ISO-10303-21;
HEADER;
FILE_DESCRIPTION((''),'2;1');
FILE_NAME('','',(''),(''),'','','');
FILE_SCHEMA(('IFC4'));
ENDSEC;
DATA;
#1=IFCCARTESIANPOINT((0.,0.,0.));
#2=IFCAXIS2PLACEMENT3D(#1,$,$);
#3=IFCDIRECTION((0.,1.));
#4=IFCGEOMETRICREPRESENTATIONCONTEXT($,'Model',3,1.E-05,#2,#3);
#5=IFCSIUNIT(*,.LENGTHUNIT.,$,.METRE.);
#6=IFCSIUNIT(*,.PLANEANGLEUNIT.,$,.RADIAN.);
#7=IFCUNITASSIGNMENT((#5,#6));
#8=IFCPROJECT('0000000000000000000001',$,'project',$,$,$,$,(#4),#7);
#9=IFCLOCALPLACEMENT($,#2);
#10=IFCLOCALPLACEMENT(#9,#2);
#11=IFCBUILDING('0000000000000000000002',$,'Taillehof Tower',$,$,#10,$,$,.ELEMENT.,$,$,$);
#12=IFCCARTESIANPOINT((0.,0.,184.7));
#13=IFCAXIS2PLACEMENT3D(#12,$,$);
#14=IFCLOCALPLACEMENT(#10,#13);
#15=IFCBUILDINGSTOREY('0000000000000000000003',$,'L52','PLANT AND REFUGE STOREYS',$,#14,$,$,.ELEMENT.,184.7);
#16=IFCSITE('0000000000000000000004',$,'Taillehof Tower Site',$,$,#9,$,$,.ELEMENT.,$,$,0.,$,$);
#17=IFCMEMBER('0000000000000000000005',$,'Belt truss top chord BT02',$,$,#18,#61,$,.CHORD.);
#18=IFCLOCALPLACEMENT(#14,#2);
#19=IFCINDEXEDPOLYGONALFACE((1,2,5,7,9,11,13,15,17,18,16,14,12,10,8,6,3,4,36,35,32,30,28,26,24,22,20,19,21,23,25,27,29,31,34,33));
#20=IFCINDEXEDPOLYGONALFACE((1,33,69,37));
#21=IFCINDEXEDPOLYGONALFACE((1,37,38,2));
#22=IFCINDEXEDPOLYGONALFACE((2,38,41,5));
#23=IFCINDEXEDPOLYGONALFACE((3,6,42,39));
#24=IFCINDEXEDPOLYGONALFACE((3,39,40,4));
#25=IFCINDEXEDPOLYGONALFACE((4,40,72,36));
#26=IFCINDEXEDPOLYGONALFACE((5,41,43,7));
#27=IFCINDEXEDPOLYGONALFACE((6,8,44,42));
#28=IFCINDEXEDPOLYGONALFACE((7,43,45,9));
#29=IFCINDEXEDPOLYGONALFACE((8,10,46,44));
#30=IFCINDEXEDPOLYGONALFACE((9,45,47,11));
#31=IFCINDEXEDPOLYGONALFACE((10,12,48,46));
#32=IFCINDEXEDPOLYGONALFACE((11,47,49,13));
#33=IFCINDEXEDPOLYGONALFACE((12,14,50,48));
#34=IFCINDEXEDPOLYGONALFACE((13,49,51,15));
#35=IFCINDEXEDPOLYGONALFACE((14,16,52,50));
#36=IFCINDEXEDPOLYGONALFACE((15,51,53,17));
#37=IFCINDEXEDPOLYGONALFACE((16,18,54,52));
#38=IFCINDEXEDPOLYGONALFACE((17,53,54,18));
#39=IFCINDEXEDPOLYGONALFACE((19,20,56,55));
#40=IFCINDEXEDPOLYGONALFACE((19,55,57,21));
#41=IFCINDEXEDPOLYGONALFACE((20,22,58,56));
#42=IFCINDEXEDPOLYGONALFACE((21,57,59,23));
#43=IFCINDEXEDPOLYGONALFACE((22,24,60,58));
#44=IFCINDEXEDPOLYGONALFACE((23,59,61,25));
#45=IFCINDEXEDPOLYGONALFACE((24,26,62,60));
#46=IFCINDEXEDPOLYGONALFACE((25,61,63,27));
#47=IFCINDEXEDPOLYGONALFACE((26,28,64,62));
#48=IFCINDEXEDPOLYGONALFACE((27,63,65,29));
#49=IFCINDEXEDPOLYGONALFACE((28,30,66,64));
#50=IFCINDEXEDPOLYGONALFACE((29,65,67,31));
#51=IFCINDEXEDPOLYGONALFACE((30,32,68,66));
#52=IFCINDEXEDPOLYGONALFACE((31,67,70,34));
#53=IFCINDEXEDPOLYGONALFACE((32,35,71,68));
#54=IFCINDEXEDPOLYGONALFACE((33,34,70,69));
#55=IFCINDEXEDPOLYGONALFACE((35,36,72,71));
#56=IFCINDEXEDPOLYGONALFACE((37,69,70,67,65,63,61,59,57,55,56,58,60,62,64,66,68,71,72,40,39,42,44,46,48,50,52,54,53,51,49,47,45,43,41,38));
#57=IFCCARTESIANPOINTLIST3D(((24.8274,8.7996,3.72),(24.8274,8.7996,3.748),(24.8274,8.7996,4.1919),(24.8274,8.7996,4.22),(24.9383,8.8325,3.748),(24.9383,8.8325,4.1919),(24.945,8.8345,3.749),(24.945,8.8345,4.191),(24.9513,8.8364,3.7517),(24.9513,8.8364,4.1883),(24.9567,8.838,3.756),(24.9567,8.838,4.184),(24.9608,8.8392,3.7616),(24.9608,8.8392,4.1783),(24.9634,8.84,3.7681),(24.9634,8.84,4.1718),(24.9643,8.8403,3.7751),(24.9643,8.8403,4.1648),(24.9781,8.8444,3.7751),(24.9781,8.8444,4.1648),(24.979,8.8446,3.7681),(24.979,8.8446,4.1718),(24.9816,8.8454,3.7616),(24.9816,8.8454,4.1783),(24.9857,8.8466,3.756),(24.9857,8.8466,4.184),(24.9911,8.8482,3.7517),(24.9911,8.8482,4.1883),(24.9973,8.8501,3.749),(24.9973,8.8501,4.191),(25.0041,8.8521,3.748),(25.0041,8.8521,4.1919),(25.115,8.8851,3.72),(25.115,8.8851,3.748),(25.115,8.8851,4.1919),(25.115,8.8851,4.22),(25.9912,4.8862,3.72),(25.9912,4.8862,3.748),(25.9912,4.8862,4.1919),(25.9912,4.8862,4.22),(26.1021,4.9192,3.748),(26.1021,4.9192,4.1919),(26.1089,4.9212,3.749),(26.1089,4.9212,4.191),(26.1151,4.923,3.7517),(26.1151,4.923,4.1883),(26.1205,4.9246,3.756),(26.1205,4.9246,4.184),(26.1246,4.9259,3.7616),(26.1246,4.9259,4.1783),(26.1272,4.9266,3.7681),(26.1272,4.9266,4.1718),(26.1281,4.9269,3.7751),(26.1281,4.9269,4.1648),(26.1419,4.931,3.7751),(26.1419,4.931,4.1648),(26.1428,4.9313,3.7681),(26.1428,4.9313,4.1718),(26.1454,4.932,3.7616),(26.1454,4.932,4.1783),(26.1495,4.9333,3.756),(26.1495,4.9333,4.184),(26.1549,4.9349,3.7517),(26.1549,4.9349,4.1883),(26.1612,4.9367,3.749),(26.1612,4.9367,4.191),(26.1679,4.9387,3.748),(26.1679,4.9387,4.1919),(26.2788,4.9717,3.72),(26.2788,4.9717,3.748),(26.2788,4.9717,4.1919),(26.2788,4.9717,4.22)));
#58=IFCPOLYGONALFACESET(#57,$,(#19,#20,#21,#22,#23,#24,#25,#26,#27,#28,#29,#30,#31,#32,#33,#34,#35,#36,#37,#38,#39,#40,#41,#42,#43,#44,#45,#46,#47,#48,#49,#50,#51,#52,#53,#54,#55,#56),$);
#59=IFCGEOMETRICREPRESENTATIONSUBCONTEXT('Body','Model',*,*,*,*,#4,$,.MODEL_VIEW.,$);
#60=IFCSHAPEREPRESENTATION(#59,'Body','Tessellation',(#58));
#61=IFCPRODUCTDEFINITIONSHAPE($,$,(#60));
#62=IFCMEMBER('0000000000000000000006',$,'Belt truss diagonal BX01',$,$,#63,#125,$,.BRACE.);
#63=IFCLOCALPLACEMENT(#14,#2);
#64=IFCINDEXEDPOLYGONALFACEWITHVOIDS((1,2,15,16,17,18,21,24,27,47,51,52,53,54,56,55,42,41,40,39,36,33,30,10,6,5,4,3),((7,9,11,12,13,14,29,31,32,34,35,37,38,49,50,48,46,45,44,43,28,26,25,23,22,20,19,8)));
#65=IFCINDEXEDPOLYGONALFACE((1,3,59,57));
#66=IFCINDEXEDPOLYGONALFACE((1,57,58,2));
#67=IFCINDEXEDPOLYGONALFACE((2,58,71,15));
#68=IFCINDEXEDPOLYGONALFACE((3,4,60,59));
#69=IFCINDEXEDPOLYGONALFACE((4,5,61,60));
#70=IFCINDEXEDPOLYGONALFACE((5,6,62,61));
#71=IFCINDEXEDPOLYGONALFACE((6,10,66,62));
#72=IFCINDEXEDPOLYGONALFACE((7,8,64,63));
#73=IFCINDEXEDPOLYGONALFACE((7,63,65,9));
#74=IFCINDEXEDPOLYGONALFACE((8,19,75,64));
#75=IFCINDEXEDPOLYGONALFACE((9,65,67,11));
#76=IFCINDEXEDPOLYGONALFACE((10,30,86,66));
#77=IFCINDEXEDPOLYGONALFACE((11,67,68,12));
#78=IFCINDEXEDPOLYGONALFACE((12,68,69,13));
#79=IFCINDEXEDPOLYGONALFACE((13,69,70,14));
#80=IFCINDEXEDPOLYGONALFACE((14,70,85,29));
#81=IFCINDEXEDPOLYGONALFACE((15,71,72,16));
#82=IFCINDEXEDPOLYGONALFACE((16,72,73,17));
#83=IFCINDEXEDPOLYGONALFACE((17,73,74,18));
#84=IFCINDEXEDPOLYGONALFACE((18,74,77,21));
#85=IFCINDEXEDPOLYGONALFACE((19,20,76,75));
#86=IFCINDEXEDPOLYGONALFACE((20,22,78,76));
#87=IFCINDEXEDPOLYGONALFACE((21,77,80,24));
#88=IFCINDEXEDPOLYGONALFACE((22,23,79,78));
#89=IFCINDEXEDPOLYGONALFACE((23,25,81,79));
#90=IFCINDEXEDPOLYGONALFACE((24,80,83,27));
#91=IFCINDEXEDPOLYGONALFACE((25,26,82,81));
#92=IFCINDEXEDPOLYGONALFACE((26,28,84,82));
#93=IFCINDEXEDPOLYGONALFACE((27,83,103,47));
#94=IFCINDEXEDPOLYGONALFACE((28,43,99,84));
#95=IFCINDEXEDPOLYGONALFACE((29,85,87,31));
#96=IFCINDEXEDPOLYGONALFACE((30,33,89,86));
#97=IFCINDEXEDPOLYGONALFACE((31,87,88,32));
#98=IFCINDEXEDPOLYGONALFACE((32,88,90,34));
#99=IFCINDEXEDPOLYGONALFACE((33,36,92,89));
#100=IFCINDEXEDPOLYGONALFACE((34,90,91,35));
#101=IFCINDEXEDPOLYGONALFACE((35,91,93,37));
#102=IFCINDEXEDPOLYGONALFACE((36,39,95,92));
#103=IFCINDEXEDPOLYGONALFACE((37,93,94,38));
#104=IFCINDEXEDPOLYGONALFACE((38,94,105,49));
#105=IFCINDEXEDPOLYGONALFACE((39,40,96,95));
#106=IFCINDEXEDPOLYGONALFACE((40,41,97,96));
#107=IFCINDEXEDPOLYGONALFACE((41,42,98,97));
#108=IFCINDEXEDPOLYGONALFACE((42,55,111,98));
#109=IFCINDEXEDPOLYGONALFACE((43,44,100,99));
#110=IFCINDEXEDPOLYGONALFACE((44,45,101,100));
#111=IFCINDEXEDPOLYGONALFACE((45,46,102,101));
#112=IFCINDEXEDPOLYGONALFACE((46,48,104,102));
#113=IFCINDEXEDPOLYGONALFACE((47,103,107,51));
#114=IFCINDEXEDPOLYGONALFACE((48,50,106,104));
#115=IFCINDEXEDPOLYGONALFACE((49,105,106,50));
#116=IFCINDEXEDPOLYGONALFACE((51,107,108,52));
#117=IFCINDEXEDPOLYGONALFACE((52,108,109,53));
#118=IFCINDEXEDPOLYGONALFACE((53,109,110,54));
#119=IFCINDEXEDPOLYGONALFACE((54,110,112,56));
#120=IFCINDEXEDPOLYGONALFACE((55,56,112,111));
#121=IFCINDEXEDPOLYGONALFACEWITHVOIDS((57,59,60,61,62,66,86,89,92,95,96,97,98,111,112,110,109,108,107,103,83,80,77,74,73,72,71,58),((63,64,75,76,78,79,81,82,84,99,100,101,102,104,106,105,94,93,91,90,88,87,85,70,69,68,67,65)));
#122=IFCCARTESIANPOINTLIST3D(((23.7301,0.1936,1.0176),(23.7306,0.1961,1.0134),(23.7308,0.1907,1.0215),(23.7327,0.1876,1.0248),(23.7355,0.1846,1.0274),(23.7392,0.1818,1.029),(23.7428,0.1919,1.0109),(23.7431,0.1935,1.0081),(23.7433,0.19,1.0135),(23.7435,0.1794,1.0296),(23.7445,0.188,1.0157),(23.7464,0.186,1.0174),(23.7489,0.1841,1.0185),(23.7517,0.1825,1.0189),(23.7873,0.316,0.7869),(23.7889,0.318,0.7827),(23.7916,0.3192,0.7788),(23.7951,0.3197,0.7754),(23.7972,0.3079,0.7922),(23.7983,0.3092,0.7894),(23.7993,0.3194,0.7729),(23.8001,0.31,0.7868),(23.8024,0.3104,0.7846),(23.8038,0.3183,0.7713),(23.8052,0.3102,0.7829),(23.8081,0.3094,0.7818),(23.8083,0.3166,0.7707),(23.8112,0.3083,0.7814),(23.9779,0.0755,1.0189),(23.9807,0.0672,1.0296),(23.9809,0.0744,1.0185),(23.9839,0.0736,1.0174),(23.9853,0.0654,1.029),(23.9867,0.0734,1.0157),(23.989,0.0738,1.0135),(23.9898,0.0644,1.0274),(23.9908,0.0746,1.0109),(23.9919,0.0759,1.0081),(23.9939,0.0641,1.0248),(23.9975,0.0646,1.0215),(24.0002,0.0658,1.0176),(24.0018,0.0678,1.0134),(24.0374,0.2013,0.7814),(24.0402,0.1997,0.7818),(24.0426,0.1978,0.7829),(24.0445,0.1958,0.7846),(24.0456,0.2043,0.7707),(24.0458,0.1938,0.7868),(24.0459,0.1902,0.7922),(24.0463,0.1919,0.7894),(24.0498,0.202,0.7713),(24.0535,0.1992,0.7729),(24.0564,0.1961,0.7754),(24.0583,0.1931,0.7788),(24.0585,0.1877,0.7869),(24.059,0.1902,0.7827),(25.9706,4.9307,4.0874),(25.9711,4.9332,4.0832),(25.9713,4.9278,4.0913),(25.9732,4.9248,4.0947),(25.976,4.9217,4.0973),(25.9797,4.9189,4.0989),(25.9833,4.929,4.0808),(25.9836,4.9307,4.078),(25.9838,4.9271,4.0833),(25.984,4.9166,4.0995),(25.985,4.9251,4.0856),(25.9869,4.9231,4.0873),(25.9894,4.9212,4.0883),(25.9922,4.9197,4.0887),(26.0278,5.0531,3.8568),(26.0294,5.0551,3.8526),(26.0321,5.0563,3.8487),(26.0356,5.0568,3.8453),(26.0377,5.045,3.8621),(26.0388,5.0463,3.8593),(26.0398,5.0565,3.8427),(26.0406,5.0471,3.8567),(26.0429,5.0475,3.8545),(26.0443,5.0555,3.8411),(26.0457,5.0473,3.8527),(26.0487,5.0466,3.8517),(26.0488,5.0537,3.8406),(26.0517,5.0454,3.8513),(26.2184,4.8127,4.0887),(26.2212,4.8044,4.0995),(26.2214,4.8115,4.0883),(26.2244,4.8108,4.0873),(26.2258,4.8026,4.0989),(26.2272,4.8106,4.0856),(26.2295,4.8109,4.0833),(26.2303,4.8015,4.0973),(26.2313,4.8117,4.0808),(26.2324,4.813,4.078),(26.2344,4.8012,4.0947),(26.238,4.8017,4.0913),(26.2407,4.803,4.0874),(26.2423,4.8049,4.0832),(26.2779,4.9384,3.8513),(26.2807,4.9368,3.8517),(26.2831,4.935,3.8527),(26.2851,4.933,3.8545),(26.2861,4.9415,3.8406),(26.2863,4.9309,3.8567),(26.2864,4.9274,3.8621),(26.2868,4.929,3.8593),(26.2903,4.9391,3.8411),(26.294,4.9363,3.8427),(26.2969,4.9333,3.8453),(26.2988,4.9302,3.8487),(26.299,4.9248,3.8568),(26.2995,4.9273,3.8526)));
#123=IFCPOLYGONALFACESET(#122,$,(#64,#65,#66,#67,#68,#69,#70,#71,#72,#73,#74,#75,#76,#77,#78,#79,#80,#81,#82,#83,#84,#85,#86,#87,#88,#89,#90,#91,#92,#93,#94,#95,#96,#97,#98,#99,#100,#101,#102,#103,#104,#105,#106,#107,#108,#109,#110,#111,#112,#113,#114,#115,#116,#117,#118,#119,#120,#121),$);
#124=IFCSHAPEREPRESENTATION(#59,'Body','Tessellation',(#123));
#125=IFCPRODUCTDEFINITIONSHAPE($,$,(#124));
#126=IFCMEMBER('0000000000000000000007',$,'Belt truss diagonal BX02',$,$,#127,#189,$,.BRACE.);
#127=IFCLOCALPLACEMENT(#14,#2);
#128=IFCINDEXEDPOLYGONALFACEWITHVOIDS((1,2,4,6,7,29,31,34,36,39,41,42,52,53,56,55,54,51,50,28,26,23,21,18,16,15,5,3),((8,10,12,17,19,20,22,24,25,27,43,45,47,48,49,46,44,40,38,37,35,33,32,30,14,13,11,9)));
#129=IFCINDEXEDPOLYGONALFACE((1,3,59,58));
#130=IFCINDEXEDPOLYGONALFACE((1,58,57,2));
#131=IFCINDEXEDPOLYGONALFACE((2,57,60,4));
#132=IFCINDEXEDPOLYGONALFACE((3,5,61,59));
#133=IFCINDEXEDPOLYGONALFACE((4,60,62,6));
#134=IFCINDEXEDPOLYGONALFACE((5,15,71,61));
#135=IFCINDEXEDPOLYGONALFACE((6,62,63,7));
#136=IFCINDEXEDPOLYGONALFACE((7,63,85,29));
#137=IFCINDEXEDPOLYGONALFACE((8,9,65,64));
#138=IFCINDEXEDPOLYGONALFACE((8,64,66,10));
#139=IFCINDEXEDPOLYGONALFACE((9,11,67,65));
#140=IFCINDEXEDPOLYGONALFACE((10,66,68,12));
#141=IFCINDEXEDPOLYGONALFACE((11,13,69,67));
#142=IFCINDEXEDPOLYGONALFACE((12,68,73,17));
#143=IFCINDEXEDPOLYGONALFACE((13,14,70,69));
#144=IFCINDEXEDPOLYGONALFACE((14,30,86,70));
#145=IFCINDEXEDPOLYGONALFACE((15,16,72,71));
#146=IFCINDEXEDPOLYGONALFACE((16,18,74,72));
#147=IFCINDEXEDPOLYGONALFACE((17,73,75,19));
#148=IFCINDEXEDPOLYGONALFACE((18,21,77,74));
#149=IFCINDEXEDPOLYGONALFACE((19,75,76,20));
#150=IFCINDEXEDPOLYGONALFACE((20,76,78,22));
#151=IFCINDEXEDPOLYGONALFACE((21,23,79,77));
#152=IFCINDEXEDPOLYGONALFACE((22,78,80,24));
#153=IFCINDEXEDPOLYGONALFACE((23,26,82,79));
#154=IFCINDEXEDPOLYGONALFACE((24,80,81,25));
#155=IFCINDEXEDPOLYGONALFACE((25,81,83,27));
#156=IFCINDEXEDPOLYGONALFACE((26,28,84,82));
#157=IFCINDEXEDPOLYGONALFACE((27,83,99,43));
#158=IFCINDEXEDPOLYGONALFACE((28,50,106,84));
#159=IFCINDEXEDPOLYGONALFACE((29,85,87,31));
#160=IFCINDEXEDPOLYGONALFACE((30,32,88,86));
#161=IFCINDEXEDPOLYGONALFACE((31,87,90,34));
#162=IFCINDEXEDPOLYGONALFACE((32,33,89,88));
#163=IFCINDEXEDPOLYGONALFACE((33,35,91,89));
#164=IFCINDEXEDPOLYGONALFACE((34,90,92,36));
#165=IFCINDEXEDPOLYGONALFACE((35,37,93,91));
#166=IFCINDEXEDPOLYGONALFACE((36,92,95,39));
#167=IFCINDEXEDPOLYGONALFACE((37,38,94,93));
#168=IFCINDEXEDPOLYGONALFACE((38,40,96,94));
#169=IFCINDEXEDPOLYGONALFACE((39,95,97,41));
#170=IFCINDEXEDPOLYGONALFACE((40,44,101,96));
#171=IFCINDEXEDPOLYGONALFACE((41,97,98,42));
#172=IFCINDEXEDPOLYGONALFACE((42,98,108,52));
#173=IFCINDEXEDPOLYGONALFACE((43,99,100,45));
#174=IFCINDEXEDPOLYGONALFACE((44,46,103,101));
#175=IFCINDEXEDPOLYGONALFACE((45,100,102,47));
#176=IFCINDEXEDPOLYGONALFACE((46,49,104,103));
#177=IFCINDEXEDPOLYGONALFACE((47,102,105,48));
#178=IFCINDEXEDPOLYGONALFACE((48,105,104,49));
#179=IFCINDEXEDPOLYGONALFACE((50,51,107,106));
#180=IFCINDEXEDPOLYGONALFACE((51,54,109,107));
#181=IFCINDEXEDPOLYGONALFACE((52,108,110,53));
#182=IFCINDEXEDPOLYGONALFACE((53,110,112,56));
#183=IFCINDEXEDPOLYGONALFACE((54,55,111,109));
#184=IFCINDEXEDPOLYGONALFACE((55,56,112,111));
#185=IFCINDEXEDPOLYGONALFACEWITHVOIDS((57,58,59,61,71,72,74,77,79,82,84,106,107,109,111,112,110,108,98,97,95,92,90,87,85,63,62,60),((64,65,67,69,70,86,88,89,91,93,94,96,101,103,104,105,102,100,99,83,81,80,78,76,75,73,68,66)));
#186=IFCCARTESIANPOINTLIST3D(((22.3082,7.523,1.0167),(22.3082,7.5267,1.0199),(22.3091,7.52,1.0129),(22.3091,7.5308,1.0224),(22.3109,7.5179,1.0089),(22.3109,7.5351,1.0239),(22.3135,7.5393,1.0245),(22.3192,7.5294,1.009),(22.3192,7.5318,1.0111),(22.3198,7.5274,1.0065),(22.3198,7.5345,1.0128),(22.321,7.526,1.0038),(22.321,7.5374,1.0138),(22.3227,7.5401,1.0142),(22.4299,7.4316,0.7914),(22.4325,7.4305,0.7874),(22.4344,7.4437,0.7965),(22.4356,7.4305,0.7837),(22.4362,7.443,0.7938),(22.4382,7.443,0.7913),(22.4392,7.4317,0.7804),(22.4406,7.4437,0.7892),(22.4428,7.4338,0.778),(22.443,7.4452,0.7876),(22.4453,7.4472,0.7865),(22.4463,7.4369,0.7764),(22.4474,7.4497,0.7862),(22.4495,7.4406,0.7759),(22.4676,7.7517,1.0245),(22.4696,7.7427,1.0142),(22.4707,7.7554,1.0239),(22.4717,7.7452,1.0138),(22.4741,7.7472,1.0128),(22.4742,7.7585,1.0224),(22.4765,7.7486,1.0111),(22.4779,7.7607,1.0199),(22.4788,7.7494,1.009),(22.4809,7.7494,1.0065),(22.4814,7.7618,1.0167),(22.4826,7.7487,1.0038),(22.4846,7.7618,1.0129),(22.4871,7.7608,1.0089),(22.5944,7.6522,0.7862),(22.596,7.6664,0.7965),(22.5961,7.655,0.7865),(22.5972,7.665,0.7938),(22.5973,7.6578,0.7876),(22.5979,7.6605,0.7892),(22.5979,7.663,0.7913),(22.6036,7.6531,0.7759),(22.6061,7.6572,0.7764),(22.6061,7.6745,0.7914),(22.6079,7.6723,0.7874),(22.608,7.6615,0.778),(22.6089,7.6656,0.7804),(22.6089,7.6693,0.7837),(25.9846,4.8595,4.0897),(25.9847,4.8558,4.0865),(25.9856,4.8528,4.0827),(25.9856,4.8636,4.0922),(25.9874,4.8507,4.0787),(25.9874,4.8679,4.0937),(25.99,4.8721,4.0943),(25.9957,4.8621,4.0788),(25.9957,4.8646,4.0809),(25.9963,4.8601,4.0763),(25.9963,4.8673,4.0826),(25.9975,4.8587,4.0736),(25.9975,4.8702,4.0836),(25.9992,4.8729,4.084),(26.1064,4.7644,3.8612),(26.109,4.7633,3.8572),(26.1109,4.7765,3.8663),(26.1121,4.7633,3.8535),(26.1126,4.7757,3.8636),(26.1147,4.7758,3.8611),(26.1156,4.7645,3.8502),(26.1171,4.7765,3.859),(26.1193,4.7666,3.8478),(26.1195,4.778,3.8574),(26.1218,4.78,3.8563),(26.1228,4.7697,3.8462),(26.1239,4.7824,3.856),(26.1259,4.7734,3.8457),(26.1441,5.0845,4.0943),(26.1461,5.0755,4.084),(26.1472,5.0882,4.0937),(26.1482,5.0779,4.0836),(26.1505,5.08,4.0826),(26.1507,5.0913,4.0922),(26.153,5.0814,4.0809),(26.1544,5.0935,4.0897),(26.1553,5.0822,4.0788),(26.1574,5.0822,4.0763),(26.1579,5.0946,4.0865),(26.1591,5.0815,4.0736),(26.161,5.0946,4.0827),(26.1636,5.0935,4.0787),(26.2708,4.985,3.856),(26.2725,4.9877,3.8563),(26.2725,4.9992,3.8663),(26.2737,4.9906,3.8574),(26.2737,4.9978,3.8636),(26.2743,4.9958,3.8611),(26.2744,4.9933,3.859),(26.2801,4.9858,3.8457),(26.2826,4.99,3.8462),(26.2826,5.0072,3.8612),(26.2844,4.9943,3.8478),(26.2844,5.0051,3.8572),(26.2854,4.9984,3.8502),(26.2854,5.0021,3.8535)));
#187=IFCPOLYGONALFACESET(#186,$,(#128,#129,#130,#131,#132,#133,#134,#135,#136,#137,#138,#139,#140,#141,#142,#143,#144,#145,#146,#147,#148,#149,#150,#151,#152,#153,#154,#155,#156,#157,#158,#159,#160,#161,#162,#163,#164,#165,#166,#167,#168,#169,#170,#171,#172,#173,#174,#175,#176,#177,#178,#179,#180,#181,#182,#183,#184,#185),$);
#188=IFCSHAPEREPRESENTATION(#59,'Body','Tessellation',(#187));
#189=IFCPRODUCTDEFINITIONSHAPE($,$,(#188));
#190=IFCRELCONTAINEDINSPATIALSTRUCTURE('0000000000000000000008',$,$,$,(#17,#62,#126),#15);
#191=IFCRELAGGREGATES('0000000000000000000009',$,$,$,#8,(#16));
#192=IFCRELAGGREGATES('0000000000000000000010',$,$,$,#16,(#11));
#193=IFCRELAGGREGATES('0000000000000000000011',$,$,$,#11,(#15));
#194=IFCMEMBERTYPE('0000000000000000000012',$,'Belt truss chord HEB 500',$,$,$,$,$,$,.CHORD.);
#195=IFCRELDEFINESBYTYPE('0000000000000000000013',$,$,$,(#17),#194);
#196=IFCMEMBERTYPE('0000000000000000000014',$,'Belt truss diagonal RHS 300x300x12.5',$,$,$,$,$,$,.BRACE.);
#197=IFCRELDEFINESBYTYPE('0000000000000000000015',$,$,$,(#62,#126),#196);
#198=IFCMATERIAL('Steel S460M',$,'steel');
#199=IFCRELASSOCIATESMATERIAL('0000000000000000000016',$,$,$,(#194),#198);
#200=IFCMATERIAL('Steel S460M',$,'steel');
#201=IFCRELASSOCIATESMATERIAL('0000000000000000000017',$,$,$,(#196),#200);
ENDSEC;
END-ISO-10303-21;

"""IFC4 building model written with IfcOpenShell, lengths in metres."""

from ifc_helpers import new_model, si_unit, direction, frame, origin, origin_2d, place, context, subcontext, project, spatial, hollow_rectangle, i_section, extrude, material, material_profile, profile_set, type_object, element, save


model = new_model("IFC4")

# Units and contexts
model_context = context("Model", 3, precision=1e-05, world=origin(), true_north=direction((0.0, 1.0)))
body_context = subcontext(model_context, "Body", "Model", "MODEL_VIEW")
ifc_project = project(units=[si_unit("LENGTHUNIT", "METRE"), si_unit("PLANEANGLEUNIT", "RADIAN")], contexts=[model_context])

# Site, building, storey
site_placement = place(None, origin())
site = spatial("IfcSite", under=ifc_project, at=site_placement, Name="Taillehof Tower Site", CompositionType="ELEMENT", RefElevation=0.0)
building_placement = place(site_placement, origin())
building = spatial("IfcBuilding", under=site, at=building_placement, Name="Taillehof Tower", CompositionType="ELEMENT")
storey_placement = place(building_placement, frame((0.0, 0.0, 184.7)))
storey = spatial("IfcBuildingStorey", under=building, at=storey_placement, Name="L52", Description="PLANT AND REFUGE STOREYS", CompositionType="ELEMENT", Elevation=184.7)

# Members
ifc_material_1 = material(Name="Steel S460M", Category="steel")
ifc_material_profile_1 = material_profile(ifc_material_1, i_section(OverallWidth=0.3, OverallDepth=0.5, WebThickness=0.0144, FlangeThickness=0.0281, FilletRadius=0.0271, at=origin_2d()), Name="HEB 500")
ifc_profile_set_1 = profile_set([ifc_material_profile_1], Name="Steel S460M")
member_type_1 = type_object("IfcMemberType", Name="Belt truss chord HEB 500", PredefinedType="CHORD", material=ifc_profile_set_1)
member_1_placement = place(storey_placement, frame((26.135, 4.929, 3.97), z_axis=(-0.285059, 0.95851, 0.0), x_axis=(-0.95851, -0.285059, 0.0)))
element("IfcMember", 1, at=member_1_placement, inside=storey, type_object=member_type_1, Name="Belt truss top chord BT02", PredefinedType="CHORD", context=body_context, shape_type="SweptSolid", body=[
    extrude(i_section(OverallWidth=0.3, OverallDepth=0.5, WebThickness=0.0144, FlangeThickness=0.0281, FilletRadius=0.0271, at=origin_2d()), origin(), (0.0, 0.0, 1.0), 4.0828),
])
ifc_material_2 = material(Name="Steel S460M", Category="steel")
ifc_material_profile_2 = material_profile(ifc_material_2, hollow_rectangle(XDim=0.3, YDim=0.3, WallThickness=0.0125, InnerFilletRadius=0.0125, OuterFilletRadius=0.0188, at=origin_2d()), Name="RHS 300x300x12.5")
ifc_profile_set_2 = profile_set([ifc_material_profile_2], Name="Steel S460M")
member_type_2 = type_object("IfcMemberType", Name="Belt truss diagonal RHS 300x300x12.5", PredefinedType="BRACE", material=ifc_profile_set_2)
member_2_placement = place(storey_placement, frame((23.8945, 0.1919, 0.9001), z_axis=(0.368915, 0.779999, 0.505474), x_axis=(-0.903988, 0.427558, 0.0)))
element("IfcMember", 2, at=member_2_placement, inside=storey, type_object=member_type_2, Name="Belt truss diagonal BX01", PredefinedType="BRACE", context=body_context, shape_type="SweptSolid", body=[
    extrude(hollow_rectangle(XDim=0.3, YDim=0.3, WallThickness=0.0125, InnerFilletRadius=0.0125, OuterFilletRadius=0.0188, at=origin_2d()), origin(), (0.0, 0.0, 1.0), 6.0732),
])
member_3_placement = place(storey_placement, frame((26.135, 4.929, 3.97), z_axis=(-0.670625, 0.486525, -0.55996), x_axis=(-0.587222, -0.809426, 0.0)))
element("IfcMember", 3, at=member_3_placement, inside=storey, type_object=member_type_2, Name="Belt truss diagonal BX02", PredefinedType="BRACE", context=body_context, shape_type="SweptSolid", body=[
    extrude(hollow_rectangle(XDim=0.3, YDim=0.3, WallThickness=0.0125, InnerFilletRadius=0.0125, OuterFilletRadius=0.0188, at=origin_2d()), origin(), (0.0, 0.0, 1.0), 5.4822),
])

save(model, "model.ifc")
